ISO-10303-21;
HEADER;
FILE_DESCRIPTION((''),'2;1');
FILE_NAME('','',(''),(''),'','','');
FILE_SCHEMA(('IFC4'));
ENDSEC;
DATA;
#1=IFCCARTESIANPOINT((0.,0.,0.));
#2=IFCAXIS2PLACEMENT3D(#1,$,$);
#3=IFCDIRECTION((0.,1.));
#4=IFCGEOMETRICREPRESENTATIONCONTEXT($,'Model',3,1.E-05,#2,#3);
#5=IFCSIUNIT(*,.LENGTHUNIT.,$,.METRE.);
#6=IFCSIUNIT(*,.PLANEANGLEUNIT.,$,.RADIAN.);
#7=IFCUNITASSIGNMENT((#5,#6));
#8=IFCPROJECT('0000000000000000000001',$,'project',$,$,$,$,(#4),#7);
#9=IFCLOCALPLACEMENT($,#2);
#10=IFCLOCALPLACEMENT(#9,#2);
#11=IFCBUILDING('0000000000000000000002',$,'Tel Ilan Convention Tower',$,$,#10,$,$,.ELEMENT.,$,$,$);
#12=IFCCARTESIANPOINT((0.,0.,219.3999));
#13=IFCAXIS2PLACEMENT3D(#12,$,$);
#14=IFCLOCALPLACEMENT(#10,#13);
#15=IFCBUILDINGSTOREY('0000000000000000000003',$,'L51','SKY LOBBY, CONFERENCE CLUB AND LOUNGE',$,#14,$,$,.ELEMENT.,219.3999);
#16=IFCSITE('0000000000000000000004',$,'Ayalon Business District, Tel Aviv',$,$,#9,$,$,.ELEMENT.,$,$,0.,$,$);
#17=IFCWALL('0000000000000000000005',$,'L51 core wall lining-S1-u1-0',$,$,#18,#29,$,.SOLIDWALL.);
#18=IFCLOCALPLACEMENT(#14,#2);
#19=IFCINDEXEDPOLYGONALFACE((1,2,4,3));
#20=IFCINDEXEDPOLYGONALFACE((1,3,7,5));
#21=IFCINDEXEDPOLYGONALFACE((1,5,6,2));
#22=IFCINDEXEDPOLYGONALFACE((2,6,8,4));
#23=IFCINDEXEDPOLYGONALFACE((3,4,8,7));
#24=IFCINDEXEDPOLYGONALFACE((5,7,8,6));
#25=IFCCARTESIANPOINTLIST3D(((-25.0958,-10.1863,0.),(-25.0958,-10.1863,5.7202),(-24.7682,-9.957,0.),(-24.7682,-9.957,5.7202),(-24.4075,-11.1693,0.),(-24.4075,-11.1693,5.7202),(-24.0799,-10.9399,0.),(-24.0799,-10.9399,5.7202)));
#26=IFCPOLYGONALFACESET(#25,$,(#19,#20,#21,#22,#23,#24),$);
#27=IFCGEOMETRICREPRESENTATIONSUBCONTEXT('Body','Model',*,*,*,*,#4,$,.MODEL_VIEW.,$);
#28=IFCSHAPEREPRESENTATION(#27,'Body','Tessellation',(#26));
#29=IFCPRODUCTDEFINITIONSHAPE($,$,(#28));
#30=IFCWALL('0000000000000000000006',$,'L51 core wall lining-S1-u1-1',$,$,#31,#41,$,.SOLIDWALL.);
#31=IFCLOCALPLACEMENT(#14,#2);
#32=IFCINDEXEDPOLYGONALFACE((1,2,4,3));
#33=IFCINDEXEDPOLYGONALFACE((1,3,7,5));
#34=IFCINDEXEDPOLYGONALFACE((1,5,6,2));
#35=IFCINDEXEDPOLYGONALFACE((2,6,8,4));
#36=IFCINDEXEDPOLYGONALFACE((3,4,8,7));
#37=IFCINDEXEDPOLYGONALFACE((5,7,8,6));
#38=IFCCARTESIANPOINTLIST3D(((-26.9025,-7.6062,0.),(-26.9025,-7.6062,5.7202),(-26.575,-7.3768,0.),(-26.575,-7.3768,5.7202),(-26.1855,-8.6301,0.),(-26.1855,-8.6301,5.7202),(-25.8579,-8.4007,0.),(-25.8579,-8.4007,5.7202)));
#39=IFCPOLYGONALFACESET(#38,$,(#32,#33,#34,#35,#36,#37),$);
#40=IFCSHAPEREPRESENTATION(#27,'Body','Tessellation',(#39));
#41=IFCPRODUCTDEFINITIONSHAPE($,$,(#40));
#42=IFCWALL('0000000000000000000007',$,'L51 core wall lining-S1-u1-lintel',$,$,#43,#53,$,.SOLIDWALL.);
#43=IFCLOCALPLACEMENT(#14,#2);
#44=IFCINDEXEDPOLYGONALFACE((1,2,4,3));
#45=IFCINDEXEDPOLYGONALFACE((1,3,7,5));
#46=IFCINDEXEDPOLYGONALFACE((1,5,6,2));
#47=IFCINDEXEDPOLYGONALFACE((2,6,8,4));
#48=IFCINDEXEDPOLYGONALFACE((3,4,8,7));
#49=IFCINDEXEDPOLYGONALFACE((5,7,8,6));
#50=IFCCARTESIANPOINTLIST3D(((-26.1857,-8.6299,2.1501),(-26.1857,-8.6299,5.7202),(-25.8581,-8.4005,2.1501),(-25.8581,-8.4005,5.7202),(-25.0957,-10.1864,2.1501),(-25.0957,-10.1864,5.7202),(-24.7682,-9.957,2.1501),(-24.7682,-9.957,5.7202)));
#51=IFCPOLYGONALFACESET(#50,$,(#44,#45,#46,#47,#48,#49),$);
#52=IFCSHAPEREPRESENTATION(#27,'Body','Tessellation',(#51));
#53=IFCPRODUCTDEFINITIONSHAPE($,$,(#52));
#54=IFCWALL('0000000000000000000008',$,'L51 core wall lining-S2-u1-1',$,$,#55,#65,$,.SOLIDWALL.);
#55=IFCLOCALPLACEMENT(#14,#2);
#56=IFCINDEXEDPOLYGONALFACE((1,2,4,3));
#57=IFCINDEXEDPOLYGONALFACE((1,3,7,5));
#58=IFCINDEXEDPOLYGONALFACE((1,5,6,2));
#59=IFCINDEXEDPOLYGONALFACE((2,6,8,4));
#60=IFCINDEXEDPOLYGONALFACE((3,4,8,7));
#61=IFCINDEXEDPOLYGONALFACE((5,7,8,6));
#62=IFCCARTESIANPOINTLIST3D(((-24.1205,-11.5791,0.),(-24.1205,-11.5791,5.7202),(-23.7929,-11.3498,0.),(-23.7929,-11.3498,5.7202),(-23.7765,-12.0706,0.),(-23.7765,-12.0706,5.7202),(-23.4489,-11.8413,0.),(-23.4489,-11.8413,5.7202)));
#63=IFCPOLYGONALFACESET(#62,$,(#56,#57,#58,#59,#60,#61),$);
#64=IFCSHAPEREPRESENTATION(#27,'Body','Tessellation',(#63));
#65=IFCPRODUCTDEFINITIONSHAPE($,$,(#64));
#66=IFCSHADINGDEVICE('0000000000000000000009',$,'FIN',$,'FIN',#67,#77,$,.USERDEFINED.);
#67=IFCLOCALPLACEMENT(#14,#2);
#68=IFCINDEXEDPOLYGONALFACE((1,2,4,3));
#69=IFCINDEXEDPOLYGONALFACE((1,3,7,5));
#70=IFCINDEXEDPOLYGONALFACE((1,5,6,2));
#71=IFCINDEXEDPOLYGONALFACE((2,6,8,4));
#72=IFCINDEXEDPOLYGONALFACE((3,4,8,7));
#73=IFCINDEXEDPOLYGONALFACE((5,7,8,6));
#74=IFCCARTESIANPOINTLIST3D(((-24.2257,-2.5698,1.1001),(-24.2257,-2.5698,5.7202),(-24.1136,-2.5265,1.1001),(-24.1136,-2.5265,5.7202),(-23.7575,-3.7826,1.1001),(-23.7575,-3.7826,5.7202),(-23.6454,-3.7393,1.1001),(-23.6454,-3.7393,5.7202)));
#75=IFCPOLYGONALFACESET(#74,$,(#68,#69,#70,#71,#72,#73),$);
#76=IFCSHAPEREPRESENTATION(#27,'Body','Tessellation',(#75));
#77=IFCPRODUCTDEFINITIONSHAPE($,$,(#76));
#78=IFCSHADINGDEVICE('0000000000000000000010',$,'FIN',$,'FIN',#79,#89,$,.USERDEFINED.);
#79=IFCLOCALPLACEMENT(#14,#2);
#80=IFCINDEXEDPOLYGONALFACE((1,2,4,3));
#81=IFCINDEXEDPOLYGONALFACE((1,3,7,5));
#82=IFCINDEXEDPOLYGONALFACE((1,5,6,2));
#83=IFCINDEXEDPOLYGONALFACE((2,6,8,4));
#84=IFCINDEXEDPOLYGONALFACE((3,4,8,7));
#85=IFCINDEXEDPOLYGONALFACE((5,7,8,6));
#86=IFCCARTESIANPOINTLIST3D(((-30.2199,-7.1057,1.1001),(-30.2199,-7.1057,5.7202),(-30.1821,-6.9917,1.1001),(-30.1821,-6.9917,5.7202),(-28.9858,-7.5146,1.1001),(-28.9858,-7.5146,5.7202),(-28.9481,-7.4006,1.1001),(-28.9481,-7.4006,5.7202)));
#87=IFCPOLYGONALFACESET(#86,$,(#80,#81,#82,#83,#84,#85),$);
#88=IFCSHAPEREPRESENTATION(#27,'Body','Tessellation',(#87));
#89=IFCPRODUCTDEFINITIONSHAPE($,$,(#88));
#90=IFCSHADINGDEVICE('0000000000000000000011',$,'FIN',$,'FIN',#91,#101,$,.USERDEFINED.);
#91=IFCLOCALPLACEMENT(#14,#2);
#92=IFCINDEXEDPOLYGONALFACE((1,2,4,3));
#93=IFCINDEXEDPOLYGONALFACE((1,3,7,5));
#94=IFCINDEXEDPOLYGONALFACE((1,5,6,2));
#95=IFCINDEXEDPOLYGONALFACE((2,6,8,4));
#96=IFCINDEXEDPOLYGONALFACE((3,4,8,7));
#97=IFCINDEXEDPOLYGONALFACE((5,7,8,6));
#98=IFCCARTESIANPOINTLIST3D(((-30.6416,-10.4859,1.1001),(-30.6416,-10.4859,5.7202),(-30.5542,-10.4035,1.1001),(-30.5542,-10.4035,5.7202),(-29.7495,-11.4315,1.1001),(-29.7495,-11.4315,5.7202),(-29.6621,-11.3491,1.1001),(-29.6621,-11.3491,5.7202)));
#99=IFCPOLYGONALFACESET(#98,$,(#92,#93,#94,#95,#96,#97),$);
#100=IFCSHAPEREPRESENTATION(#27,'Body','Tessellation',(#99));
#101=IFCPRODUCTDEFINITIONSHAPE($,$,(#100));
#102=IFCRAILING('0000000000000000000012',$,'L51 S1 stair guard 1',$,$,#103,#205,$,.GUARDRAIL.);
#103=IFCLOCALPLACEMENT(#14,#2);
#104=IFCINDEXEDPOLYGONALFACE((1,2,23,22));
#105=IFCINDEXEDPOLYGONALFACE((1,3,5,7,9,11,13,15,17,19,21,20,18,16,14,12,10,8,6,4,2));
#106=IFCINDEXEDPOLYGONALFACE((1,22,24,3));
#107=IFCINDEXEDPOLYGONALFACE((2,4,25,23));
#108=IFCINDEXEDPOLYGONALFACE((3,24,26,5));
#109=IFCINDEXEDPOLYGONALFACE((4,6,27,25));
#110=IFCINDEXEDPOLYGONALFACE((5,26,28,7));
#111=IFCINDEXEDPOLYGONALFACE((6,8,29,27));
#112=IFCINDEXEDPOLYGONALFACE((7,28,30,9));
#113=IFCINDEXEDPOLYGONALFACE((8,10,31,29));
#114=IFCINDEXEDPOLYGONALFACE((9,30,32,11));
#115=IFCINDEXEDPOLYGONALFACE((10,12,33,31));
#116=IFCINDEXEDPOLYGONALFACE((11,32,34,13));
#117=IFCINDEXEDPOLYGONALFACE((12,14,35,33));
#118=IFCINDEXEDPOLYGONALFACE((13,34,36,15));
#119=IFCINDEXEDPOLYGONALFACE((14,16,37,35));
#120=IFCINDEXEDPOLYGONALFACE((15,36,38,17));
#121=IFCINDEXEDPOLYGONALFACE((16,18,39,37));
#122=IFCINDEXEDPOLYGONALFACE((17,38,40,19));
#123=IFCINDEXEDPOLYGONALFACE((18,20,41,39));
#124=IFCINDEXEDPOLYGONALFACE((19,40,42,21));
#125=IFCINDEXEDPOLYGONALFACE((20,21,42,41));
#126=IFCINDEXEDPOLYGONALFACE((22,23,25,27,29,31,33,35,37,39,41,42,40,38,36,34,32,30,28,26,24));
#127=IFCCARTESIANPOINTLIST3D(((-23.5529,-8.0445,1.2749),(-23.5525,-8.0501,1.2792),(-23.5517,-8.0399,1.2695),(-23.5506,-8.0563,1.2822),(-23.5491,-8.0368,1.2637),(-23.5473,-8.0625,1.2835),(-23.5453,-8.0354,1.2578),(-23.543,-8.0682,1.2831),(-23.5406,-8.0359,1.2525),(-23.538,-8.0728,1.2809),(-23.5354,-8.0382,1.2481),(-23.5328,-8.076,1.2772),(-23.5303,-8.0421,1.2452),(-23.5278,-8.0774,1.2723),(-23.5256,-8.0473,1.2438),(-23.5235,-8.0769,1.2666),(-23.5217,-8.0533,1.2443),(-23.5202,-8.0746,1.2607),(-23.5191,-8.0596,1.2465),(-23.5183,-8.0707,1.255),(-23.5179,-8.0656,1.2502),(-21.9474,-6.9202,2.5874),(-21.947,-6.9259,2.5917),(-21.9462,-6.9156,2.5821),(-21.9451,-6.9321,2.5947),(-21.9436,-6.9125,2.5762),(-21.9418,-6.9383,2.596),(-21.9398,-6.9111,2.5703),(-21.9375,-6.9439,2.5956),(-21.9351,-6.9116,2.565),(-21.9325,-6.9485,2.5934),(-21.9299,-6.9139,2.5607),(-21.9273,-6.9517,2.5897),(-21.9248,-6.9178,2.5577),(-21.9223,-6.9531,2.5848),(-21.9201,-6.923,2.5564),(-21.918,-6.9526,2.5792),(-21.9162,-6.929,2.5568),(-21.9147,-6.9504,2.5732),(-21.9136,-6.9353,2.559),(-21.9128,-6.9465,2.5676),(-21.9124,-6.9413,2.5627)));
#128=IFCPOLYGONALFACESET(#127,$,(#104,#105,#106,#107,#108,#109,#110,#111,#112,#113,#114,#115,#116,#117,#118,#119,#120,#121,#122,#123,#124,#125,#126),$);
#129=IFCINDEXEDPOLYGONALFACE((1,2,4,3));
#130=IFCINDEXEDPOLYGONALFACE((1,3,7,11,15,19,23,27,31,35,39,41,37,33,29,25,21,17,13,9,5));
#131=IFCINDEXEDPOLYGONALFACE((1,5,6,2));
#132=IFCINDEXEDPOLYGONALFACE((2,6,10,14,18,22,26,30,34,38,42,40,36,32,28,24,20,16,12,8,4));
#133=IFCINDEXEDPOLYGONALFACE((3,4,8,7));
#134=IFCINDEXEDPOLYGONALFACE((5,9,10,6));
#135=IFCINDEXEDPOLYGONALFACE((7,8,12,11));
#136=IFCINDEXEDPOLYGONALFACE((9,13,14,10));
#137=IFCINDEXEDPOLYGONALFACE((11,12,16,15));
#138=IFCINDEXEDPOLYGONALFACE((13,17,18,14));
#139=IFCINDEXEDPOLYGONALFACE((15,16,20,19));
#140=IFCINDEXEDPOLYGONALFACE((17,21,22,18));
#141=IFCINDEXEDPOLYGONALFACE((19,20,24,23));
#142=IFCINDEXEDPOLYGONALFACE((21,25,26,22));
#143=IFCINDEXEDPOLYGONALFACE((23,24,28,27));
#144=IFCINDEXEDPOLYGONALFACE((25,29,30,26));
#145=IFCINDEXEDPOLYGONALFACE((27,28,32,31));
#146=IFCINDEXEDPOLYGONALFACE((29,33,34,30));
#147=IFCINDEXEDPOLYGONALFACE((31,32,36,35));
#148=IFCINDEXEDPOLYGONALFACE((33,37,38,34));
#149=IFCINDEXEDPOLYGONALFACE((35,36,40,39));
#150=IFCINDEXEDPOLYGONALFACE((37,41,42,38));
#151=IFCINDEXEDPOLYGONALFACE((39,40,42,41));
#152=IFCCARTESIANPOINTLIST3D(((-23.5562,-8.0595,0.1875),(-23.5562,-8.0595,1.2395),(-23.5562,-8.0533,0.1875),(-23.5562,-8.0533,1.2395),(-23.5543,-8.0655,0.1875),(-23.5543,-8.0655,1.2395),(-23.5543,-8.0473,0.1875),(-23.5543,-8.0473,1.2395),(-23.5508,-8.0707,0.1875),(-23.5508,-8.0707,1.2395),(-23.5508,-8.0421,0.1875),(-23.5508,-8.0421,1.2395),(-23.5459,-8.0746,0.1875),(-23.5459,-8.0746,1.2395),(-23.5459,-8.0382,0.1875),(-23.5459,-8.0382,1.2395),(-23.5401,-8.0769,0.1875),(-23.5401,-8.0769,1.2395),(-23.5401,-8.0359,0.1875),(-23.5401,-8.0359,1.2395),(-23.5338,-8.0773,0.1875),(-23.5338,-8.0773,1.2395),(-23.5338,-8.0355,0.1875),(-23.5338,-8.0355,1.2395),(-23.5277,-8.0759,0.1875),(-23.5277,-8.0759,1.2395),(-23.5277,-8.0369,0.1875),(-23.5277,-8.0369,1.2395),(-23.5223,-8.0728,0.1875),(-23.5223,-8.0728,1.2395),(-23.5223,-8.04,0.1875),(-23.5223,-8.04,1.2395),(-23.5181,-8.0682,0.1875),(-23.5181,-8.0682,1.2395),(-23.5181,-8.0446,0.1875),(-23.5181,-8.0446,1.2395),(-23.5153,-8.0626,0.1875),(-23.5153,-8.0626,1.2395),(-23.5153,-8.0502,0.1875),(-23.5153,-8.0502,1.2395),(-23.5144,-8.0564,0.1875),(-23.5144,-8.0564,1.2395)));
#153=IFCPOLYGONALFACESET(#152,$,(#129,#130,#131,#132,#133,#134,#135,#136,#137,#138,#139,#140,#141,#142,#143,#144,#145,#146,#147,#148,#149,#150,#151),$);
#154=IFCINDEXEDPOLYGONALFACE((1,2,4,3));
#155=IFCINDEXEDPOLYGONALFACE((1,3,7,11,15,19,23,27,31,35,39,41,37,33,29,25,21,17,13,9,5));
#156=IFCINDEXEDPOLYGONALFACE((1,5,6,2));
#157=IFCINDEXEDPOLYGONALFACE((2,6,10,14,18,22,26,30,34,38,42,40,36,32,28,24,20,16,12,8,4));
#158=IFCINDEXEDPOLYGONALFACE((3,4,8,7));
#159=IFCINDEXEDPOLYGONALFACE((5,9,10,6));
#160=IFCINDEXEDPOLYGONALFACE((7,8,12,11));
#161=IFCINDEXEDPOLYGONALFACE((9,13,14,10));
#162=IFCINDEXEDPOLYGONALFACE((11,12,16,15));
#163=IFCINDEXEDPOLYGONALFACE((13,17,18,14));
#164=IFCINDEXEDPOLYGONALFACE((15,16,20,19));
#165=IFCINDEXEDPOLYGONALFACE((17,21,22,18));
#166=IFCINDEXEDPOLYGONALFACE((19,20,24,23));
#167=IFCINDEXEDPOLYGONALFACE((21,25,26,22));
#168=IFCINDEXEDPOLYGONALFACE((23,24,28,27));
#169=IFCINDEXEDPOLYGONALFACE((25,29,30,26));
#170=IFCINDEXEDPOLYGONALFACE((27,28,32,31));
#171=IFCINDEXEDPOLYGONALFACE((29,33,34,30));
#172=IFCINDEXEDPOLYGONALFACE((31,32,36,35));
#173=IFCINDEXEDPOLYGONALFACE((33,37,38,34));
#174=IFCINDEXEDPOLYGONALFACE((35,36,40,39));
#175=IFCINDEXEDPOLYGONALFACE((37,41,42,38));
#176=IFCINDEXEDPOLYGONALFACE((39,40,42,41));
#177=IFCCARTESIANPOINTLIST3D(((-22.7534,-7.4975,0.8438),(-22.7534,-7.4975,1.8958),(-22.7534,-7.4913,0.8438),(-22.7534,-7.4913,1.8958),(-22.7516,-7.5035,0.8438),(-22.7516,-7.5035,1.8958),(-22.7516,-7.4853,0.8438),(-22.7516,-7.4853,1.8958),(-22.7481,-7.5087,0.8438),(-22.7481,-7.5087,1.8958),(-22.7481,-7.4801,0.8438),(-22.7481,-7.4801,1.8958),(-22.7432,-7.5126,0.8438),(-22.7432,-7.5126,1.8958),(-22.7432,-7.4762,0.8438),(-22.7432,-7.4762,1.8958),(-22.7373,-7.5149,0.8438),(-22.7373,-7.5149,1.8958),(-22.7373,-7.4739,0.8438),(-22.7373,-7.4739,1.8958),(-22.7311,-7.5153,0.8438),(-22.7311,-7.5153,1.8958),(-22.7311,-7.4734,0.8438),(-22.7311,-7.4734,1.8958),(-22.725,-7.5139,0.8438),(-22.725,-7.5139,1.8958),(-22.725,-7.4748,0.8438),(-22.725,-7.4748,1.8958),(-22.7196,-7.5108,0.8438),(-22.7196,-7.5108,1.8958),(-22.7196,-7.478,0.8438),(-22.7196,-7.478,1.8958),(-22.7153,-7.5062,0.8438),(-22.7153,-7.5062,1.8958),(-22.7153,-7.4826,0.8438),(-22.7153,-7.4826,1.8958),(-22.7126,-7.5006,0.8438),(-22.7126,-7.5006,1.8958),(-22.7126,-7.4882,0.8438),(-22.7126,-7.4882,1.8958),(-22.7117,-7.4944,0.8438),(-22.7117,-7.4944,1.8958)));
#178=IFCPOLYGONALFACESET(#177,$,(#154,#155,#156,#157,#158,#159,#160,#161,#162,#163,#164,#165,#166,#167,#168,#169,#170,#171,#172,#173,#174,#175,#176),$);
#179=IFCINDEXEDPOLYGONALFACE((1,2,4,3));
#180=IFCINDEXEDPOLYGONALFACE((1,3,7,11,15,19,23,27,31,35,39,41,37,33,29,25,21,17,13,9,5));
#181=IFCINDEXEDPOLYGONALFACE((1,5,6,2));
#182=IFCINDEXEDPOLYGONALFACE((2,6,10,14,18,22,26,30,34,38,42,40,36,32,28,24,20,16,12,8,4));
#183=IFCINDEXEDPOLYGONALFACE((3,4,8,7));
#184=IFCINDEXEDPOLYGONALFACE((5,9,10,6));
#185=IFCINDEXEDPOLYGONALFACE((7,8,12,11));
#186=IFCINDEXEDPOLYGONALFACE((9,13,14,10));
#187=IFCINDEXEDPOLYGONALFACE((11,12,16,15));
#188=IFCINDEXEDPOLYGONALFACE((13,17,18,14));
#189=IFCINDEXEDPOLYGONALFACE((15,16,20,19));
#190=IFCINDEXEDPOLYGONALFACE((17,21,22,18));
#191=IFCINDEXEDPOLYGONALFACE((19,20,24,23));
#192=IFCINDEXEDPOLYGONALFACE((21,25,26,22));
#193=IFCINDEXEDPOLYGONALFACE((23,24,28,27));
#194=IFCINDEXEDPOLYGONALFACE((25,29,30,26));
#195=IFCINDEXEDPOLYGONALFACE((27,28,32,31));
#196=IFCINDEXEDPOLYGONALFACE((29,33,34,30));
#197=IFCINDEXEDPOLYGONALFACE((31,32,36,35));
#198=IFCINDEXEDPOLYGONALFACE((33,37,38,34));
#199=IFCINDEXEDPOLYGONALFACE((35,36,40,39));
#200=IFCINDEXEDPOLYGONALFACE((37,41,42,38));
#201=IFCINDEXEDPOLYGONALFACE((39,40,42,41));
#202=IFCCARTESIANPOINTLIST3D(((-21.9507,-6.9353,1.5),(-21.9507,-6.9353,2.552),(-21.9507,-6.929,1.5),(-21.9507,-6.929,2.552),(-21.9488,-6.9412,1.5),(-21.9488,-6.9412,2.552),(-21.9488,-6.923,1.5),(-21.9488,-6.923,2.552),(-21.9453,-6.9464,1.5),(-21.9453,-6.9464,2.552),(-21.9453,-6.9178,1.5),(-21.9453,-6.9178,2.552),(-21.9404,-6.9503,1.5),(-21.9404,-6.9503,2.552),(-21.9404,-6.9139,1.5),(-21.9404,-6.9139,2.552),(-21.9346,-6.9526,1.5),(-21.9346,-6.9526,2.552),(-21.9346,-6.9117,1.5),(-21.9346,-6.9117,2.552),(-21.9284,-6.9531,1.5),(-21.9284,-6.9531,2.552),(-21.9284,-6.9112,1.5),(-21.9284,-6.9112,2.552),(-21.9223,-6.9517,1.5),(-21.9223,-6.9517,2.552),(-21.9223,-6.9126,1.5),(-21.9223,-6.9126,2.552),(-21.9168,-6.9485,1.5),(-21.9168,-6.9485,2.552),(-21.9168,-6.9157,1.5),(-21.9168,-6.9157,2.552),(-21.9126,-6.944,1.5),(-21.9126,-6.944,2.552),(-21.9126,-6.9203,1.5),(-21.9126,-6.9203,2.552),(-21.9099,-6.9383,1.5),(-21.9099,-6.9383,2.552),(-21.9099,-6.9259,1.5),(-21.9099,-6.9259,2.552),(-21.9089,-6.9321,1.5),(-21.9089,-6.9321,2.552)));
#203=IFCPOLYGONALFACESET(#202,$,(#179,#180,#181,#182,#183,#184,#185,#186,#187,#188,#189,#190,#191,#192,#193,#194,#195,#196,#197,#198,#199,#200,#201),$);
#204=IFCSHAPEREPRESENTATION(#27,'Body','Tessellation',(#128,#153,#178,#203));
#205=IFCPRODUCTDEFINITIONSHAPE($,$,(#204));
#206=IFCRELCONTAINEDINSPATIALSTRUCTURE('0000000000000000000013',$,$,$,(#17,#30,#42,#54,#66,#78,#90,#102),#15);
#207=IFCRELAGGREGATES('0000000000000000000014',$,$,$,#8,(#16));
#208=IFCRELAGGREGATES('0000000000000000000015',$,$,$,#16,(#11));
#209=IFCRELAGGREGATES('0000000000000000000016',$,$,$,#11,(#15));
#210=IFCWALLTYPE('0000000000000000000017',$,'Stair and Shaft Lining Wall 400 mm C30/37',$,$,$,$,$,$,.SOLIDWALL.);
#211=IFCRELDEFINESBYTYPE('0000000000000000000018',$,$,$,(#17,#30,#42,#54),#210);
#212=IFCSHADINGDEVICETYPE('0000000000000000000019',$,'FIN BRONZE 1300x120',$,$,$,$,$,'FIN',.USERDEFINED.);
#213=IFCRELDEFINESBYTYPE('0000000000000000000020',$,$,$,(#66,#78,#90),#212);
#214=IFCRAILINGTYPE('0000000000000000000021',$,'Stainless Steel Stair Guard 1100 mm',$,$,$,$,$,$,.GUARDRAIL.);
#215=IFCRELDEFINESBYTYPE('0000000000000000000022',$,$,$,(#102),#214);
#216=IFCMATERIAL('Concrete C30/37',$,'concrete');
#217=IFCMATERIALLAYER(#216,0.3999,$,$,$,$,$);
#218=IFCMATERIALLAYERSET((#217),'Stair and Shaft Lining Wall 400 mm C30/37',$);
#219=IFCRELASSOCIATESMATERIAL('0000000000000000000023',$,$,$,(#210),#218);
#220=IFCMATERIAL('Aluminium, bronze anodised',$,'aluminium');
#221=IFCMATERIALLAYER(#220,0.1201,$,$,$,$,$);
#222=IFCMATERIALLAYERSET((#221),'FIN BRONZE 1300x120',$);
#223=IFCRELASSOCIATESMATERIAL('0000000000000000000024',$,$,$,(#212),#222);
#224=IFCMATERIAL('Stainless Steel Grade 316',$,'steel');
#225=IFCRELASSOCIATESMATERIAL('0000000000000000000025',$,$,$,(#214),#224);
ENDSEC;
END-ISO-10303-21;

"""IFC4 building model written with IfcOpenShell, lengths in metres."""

from ifc_helpers import new_model, si_unit, direction, frame, frame_2d, origin, origin_2d, place, context, subcontext, project, spatial, rectangle, circle, extrude, material, layer, layer_set, type_object, element, save


model = new_model("IFC4")

# Units and contexts
model_context = context("Model", 3, precision=1e-05, world=origin(), true_north=direction((0.0, 1.0)))
body_context = subcontext(model_context, "Body", "Model", "MODEL_VIEW")
ifc_project = project(units=[si_unit("LENGTHUNIT", "METRE"), si_unit("PLANEANGLEUNIT", "RADIAN")], contexts=[model_context])

# Site, building, storey
site_placement = place(None, origin())
site = spatial("IfcSite", under=ifc_project, at=site_placement, Name="Ayalon Business District, Tel Aviv", CompositionType="ELEMENT", RefElevation=0.0)
building_placement = place(site_placement, origin())
building = spatial("IfcBuilding", under=site, at=building_placement, Name="Tel Ilan Convention Tower", CompositionType="ELEMENT")
storey_placement = place(building_placement, frame((0.0, 0.0, 219.3999)))
storey = spatial("IfcBuildingStorey", under=building, at=storey_placement, Name="L51", Description="SKY LOBBY, CONFERENCE CLUB AND LOUNGE", CompositionType="ELEMENT", Elevation=219.3999)

# Walls
ifc_material_1 = material(Name="Concrete C30/37", Category="concrete")
ifc_layer_1 = layer(ifc_material_1, 0.3999)
ifc_layer_set_1 = layer_set([ifc_layer_1], Name="Stair and Shaft Lining Wall 400 mm C30/37")
wall_type_1 = type_object("IfcWallType", Name="Stair and Shaft Lining Wall 400 mm C30/37", PredefinedType="SOLIDWALL", material=ifc_layer_set_1)
wall_1_placement = place(storey_placement, frame((-24.2437, -11.0547, 0.0), z_axis=(0.0, 0.0, 1.0), x_axis=(-0.573572, 0.819155, 0.0)))
element("IfcWall", 1, at=wall_1_placement, inside=storey, type_object=wall_type_1, Name="L51 core wall lining-S1-u1-0", PredefinedType="SOLIDWALL", context=body_context, shape_type="SweptSolid", body=[
    extrude(rectangle(XDim=1.2, YDim=0.3999, at=frame_2d((0.6001, 0.0))), origin(), (0.0, 0.0, 1.0), 5.7202),
])
wall_2_placement = place(storey_placement, frame((-26.0217, -8.5154, 0.0), z_axis=(0.0, 0.0, 1.0), x_axis=(-0.57362, 0.819122, 0.0)))
element("IfcWall", 2, at=wall_2_placement, inside=storey, type_object=wall_type_1, Name="L51 core wall lining-S1-u1-1", PredefinedType="SOLIDWALL", context=body_context, shape_type="SweptSolid", body=[
    extrude(rectangle(XDim=1.25, YDim=0.3999, at=frame_2d((0.625, 0.0))), origin(), (0.0, 0.0, 1.0), 5.7202),
])
wall_3_placement = place(storey_placement, frame((-24.9319, -10.0718, 2.1501), z_axis=(0.0, 0.0, 1.0), x_axis=(-0.573592, 0.819141, 0.0)))
element("IfcWall", 3, at=wall_3_placement, inside=storey, type_object=wall_type_1, Name="L51 core wall lining-S1-u1-lintel", PredefinedType="SOLIDWALL", context=body_context, shape_type="SweptSolid", body=[
    extrude(rectangle(XDim=1.9001, YDim=0.3999, at=frame_2d((0.9502, 0.0))), origin(), (0.0, 0.0, 1.0), 3.5701),
])
wall_4_placement = place(storey_placement, frame((-23.6128, -11.9558, 0.0), z_axis=(0.0, 0.0, 1.0), x_axis=(-0.573435, 0.819251, 0.0)))
element("IfcWall", 4, at=wall_4_placement, inside=storey, type_object=wall_type_1, Name="L51 core wall lining-S2-u1-1", PredefinedType="SOLIDWALL", context=body_context, shape_type="SweptSolid", body=[
    extrude(rectangle(XDim=0.5999, YDim=0.3999, at=frame_2d((0.2998, 0.0))), origin(), (0.0, 0.0, 1.0), 5.7202),
])

# Shading devices
ifc_material_2 = material(Name="Aluminium, bronze anodised", Category="aluminium")
ifc_layer_2 = layer(ifc_material_2, 0.1201)
ifc_layer_set_2 = layer_set([ifc_layer_2], Name="FIN BRONZE 1300x120")
shading_device_type = type_object("IfcShadingDeviceType", Name="FIN BRONZE 1300x120", ElementType="FIN", PredefinedType="USERDEFINED", material=ifc_layer_set_2)
for number, where, z_axis, x_axis, name in (
    (5, (-23.9355, -3.1545, 1.1001), (0.0, 0.0, 1.0), (-0.360178, 0.932884, 0.0), "FIN"),
    (6, (-29.584, -7.2532, 1.1001), (0.0, 0.0, 1.0), (-0.949243, 0.314545, 0.0), "FIN"),
    (7, (-30.1519, -10.9175, 1.1001), (0.0, 0.0, 1.0), (-0.686242, 0.727374, 0.0), "FIN"),
):
    element("IfcShadingDevice", number, at=place(storey_placement, frame(where, z_axis=z_axis, x_axis=x_axis)), inside=storey, type_object=shading_device_type, Name=name, ObjectType="FIN", PredefinedType="USERDEFINED", context=body_context, shape_type="SweptSolid", body=[
        extrude(rectangle(XDim=1.3, YDim=0.1201, at=origin_2d()), origin(), (0.0, 0.0, 1.0), 4.6201),
    ])

# Railing
ifc_material_3 = material(Name="Stainless Steel Grade 316", Category="steel")
railing_type = type_object("IfcRailingType", Name="Stainless Steel Stair Guard 1100 mm", PredefinedType="GUARDRAIL", material=ifc_material_3)
railing_1_placement = place(storey_placement, frame((-23.5354, -8.0564, 0.1875)))
element("IfcRailing", 8, at=railing_1_placement, inside=storey, type_object=railing_type, Name="L51 S1 stair guard 1", PredefinedType="GUARDRAIL", context=body_context, shape_type="SweptSolid", body=[
    extrude(circle(Radius=0.0239, at=origin_2d()), frame((0.0, 0.0, 1.0762), z_axis=(0.680616, 0.476617, 0.556416), x_axis=(-0.573613, 0.819127, 0.0)), (0.0, 0.0, 1.0), 2.3589),
    extrude(circle(Radius=0.021, at=origin_2d()), origin(), (0.0, 0.0, 1.0), 1.052),
    extrude(circle(Radius=0.021, at=origin_2d()), frame((0.8027, 0.562, 0.6562)), (0.0, 0.0, 1.0), 1.052),
    extrude(circle(Radius=0.021, at=origin_2d()), frame((1.6055, 1.1243, 1.3125)), (0.0, 0.0, 1.0), 1.052),
])

save(model, "model.ifc")
